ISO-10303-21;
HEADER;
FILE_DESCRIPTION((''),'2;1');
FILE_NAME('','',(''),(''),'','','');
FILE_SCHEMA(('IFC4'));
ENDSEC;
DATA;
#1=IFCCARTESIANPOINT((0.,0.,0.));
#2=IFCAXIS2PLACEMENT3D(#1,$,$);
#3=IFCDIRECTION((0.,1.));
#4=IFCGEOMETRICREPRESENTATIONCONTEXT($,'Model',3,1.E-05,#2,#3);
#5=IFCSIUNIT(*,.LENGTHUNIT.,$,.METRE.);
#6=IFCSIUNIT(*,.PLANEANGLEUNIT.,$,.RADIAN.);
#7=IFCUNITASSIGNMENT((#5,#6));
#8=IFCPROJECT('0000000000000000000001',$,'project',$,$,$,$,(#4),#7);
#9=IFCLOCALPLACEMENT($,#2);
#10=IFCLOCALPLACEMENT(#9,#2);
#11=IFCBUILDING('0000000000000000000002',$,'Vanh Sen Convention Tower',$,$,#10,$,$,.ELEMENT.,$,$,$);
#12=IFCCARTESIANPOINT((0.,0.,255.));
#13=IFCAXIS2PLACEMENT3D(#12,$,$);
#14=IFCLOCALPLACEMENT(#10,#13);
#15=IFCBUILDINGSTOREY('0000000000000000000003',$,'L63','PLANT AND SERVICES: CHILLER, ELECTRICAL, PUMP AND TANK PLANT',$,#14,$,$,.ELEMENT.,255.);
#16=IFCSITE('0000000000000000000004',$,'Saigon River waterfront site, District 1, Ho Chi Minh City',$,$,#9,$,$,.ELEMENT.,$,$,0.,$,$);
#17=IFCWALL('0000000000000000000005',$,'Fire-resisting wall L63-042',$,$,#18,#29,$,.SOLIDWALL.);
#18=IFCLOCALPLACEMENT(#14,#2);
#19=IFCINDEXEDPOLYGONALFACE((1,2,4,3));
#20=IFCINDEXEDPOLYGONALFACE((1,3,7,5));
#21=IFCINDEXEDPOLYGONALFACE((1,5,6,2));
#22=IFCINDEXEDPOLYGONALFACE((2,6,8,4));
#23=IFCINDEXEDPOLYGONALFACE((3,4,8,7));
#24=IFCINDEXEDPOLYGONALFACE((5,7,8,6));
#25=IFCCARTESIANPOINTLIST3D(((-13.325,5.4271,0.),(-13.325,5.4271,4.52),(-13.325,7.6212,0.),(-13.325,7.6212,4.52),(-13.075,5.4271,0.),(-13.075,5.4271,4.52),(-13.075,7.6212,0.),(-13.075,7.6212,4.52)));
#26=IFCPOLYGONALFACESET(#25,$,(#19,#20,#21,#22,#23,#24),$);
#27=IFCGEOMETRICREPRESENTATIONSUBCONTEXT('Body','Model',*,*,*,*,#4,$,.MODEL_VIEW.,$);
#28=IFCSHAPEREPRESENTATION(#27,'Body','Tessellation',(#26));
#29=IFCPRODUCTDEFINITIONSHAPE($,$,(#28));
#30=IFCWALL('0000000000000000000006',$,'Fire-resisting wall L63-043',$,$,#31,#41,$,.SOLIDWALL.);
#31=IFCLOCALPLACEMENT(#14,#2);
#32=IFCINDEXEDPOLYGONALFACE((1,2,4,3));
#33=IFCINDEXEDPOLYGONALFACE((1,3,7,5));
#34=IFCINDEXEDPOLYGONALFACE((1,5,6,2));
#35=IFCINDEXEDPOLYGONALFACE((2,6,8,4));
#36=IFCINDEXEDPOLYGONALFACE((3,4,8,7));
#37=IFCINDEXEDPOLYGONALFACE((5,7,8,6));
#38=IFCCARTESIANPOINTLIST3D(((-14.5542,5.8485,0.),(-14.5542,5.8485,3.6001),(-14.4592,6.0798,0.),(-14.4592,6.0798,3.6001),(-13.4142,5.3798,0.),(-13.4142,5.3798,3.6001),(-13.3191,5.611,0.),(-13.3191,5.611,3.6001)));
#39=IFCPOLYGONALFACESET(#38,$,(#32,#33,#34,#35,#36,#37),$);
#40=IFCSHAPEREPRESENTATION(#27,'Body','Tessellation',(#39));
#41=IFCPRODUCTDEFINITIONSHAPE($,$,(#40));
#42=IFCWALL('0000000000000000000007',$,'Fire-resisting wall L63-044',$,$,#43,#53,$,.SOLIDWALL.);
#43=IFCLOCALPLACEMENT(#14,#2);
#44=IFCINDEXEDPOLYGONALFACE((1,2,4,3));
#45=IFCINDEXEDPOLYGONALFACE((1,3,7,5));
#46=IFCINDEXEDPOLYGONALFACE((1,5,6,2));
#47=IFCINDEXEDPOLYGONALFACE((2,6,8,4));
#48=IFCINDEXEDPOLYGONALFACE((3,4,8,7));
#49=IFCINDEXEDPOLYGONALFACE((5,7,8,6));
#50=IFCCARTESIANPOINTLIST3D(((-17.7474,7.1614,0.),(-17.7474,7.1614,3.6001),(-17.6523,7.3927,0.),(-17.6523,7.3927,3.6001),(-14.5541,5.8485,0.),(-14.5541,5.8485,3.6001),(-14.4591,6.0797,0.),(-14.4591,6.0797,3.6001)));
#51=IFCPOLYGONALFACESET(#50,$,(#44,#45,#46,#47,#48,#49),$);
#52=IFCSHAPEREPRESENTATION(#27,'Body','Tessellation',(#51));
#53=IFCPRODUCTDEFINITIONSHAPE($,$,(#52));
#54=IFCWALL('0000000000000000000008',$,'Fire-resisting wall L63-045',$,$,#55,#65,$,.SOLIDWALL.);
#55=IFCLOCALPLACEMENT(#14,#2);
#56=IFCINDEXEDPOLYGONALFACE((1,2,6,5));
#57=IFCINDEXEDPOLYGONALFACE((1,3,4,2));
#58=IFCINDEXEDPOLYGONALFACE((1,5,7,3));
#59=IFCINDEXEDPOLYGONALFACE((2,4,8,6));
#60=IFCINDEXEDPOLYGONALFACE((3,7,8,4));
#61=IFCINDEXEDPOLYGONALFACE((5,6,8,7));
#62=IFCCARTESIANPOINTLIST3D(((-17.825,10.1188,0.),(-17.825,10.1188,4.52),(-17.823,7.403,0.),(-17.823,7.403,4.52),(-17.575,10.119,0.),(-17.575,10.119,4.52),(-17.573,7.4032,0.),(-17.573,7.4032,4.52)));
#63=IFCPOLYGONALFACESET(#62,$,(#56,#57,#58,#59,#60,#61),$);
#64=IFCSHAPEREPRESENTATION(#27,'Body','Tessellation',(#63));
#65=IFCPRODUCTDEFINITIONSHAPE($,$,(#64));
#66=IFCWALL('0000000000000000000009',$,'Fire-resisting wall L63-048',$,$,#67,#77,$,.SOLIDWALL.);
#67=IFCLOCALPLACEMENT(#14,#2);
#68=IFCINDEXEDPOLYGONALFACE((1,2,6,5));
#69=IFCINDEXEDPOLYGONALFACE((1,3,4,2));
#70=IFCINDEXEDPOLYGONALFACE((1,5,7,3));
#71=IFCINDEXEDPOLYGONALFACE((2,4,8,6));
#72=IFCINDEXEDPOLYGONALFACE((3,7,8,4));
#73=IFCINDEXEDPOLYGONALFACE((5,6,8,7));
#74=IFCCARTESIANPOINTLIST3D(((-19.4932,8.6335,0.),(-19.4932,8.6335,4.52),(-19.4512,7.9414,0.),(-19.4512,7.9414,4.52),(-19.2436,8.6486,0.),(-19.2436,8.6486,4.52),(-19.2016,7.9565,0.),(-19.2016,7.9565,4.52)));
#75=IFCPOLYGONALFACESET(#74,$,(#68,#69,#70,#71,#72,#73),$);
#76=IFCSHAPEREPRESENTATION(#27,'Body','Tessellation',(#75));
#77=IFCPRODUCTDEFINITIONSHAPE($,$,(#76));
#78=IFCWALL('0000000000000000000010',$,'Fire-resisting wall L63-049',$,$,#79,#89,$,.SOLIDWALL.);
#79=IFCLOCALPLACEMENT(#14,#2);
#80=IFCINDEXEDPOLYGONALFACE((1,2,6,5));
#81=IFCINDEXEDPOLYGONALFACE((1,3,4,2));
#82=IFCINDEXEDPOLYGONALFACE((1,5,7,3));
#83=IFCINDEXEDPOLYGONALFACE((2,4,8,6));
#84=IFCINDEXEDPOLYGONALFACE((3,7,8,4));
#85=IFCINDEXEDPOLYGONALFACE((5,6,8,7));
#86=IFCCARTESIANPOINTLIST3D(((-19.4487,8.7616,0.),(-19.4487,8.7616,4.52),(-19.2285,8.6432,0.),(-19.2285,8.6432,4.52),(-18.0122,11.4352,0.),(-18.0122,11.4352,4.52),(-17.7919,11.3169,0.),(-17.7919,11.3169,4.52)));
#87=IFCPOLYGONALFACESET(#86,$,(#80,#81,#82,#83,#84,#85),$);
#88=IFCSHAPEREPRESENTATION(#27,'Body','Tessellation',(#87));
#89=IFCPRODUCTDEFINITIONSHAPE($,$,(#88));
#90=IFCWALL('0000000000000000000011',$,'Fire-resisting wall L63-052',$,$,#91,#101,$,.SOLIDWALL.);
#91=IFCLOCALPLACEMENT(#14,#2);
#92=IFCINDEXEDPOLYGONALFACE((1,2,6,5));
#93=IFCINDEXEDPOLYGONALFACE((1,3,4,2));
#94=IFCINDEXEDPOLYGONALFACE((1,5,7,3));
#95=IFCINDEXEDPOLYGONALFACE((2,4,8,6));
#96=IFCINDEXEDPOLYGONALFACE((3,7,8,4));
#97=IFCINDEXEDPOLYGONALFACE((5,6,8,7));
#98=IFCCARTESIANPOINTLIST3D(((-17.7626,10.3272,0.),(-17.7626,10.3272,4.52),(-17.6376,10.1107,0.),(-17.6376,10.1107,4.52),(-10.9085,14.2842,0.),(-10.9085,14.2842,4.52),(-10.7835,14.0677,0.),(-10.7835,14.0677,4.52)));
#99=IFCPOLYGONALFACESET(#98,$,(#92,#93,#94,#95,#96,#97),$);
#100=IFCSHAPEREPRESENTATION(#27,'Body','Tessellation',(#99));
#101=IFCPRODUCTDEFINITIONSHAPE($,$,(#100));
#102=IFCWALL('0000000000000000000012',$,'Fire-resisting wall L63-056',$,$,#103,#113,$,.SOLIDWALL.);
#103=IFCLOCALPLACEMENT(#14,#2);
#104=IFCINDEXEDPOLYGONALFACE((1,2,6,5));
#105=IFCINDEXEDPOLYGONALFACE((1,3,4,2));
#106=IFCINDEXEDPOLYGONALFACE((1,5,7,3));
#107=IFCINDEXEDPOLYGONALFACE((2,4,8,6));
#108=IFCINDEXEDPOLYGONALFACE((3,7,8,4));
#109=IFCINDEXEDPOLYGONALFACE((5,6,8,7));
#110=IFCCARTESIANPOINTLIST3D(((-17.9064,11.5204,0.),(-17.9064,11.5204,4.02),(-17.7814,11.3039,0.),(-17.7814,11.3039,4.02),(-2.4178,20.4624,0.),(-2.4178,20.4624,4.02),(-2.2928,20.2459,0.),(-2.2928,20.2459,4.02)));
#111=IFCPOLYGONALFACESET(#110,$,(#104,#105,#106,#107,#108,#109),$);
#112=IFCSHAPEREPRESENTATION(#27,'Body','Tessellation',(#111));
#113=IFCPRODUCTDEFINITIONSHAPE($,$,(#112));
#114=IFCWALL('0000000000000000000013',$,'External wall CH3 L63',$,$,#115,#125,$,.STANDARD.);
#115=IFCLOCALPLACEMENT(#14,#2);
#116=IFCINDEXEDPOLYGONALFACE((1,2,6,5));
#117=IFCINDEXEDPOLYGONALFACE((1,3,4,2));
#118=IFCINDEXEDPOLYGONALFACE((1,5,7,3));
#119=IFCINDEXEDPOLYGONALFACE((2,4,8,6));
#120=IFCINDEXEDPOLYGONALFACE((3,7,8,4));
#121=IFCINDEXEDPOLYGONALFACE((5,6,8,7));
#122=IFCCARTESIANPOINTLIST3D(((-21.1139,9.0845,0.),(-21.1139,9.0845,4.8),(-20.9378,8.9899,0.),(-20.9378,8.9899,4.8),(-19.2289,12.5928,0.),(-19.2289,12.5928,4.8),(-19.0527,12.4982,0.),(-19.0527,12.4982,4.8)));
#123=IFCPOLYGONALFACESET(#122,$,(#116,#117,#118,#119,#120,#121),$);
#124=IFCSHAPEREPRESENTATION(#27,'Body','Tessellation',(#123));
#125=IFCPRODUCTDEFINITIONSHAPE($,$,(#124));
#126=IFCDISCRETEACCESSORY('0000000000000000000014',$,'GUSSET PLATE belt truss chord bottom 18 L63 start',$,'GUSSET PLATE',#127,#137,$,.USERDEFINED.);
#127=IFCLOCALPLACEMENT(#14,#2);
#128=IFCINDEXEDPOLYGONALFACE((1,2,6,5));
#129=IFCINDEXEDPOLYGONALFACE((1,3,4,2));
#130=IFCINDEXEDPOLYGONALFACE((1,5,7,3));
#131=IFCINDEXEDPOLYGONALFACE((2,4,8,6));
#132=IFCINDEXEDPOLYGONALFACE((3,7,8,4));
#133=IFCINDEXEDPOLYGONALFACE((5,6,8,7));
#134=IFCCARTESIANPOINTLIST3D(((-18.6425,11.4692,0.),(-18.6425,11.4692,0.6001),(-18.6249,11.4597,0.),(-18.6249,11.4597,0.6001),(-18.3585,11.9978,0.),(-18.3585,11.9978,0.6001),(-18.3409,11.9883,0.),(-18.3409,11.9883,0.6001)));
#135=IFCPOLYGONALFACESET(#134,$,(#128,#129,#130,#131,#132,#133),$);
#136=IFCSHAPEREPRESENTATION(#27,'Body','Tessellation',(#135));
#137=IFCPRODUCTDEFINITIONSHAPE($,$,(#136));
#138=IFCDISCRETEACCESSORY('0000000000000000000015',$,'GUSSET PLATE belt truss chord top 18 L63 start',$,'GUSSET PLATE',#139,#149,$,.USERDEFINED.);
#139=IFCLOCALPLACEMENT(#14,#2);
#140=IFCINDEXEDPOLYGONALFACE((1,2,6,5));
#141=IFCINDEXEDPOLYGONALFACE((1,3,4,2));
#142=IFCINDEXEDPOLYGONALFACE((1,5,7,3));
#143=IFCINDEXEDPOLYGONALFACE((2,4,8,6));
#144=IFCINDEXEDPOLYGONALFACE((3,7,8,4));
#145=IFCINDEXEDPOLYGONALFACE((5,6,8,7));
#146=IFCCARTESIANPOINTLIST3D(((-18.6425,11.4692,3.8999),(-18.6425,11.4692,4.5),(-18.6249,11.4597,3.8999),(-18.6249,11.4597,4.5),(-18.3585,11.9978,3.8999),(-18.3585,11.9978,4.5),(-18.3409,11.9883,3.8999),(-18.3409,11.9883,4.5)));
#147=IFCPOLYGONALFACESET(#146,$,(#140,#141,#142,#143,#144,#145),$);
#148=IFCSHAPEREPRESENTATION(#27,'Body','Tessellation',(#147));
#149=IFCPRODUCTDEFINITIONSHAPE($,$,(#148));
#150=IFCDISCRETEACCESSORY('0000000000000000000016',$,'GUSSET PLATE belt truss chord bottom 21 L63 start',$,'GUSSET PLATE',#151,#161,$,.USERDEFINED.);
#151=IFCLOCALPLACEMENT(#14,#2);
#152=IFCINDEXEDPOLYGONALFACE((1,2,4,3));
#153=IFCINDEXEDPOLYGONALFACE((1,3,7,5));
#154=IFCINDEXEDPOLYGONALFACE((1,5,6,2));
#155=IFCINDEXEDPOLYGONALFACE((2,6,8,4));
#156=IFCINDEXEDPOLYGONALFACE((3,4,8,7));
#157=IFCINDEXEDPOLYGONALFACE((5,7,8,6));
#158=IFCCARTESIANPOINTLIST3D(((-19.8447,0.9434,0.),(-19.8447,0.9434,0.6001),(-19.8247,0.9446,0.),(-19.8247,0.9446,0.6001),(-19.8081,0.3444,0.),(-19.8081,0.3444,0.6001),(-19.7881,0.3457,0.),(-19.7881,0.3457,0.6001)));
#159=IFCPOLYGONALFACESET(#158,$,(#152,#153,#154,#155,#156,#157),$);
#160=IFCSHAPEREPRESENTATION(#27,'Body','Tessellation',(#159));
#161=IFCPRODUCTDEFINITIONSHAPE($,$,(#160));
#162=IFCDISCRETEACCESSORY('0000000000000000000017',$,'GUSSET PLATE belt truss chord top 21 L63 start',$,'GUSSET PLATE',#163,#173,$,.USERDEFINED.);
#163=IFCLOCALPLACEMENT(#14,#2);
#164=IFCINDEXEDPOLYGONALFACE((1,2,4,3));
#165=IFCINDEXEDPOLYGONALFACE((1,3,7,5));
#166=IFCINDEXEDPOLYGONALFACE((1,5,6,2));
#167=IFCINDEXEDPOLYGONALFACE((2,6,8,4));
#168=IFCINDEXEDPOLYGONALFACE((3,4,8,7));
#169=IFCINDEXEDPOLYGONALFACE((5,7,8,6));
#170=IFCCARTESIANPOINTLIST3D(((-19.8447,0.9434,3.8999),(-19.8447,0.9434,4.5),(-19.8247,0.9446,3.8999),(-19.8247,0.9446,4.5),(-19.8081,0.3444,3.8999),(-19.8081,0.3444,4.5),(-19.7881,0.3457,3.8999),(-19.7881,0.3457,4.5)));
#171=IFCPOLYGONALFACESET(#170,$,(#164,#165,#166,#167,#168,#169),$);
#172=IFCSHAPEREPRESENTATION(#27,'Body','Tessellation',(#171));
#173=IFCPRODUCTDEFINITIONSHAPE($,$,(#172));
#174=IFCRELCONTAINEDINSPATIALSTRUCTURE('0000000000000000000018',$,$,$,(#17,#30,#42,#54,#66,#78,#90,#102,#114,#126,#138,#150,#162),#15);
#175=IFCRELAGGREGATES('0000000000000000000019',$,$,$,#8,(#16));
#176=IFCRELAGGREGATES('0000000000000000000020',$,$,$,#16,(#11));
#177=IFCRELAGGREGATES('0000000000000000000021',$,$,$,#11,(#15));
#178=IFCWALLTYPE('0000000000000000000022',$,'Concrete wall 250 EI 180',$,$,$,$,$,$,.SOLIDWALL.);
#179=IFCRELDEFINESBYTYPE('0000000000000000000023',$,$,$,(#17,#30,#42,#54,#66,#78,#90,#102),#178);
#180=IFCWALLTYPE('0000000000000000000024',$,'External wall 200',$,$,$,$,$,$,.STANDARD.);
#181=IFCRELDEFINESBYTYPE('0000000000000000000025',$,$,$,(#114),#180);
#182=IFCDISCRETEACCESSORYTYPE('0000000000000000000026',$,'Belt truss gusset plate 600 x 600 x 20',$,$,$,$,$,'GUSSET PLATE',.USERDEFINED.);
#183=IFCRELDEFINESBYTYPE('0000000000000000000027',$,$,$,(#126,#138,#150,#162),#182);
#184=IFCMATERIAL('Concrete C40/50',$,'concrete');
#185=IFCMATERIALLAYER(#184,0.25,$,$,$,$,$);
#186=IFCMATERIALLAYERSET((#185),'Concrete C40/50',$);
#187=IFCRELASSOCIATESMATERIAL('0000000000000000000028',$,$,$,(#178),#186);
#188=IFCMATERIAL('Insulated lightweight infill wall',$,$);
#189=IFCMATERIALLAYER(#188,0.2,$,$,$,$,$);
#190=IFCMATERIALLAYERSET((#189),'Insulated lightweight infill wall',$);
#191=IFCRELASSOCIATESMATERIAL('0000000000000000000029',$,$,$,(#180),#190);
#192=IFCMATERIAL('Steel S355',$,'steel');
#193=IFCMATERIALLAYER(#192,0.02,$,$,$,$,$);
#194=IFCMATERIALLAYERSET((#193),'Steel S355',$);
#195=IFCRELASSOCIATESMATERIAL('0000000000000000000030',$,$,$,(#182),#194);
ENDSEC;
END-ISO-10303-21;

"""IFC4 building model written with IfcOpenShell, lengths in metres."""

from ifc_helpers import new_model, si_unit, direction, frame, frame_2d, origin, origin_2d, place, context, subcontext, project, spatial, rectangle, extrude, material, layer, layer_set, type_object, element, save


model = new_model("IFC4")

# Units and contexts
model_context = context("Model", 3, precision=1e-05, world=origin(), true_north=direction((0.0, 1.0)))
body_context = subcontext(model_context, "Body", "Model", "MODEL_VIEW")
ifc_project = project(units=[si_unit("LENGTHUNIT", "METRE"), si_unit("PLANEANGLEUNIT", "RADIAN")], contexts=[model_context])

# Site, building, storey
site_placement = place(None, origin())
site = spatial("IfcSite", under=ifc_project, at=site_placement, Name="Saigon River waterfront site, District 1, Ho Chi Minh City", CompositionType="ELEMENT", RefElevation=0.0)
building_placement = place(site_placement, origin())
building = spatial("IfcBuilding", under=site, at=building_placement, Name="Vanh Sen Convention Tower", CompositionType="ELEMENT")
storey_placement = place(building_placement, frame((0.0, 0.0, 255.0)))
storey = spatial("IfcBuildingStorey", under=building, at=storey_placement, Name="L63", Description="PLANT AND SERVICES: CHILLER, ELECTRICAL, PUMP AND TANK PLANT", CompositionType="ELEMENT", Elevation=255.0)

# Shared definitions
ifc_material_1 = material(Name="Steel S355", Category="steel")

# Shared definitions
ifc_material_2 = material(Name="Concrete C40/50", Category="concrete")
ifc_layer_1 = layer(ifc_material_2, 0.25)
ifc_layer_set_1 = layer_set([ifc_layer_1], Name="Concrete C40/50")
wall_type_1 = type_object("IfcWallType", Name="Concrete wall 250 EI 180", PredefinedType="SOLIDWALL", material=ifc_layer_set_1)

# Walls
wall_1_placement = place(storey_placement, frame((-13.2, 5.427, 0.0), z_axis=(0.0, 0.0, 1.0), x_axis=(0.0, 1.0, 0.0)))
element("IfcWall", 1, at=wall_1_placement, inside=storey, type_object=wall_type_1, Name="Fire-resisting wall L63-042", PredefinedType="SOLIDWALL", context=body_context, shape_type="SweptSolid", body=[
    extrude(rectangle(XDim=2.1941, YDim=0.25, at=frame_2d((1.0972, 0.0))), origin(), (0.0, 0.0, 1.0), 4.52),
])
wall_2_placement = place(storey_placement, frame((-14.5066, 5.9641, 0.0), z_axis=(0.0, 0.0, 1.0), x_axis=(0.924883, -0.380252, 0.0)))
element("IfcWall", 2, at=wall_2_placement, inside=storey, type_object=wall_type_1, Name="Fire-resisting wall L63-043", PredefinedType="SOLIDWALL", context=body_context, shape_type="SweptSolid", body=[
    extrude(rectangle(XDim=1.2327, YDim=0.25, at=frame_2d((0.6162, 0.0))), origin(), (0.0, 0.0, 1.0), 3.6001),
])
wall_3_placement = place(storey_placement, frame((-14.5066, 5.9641, 0.0), z_axis=(0.0, 0.0, 1.0), x_axis=(-0.924874, 0.380273, 0.0)))
element("IfcWall", 3, at=wall_3_placement, inside=storey, type_object=wall_type_1, Name="Fire-resisting wall L63-044", PredefinedType="SOLIDWALL", context=body_context, shape_type="SweptSolid", body=[
    extrude(rectangle(XDim=3.4526, YDim=0.25, at=frame_2d((1.7263, 0.0))), origin(), (0.0, 0.0, 1.0), 3.6001),
])
wall_4_placement = place(storey_placement, frame((-17.698, 7.4031, 0.0), z_axis=(0.0, 0.0, 1.0), x_axis=(-0.000719, 1.0, 0.0)))
element("IfcWall", 4, at=wall_4_placement, inside=storey, type_object=wall_type_1, Name="Fire-resisting wall L63-045", PredefinedType="SOLIDWALL", context=body_context, shape_type="SweptSolid", body=[
    extrude(rectangle(XDim=2.7158, YDim=0.25, at=frame_2d((1.3579, 0.0))), origin(), (0.0, 0.0, 1.0), 4.52),
])
wall_5_placement = place(storey_placement, frame((-19.3264, 7.949, 0.0), z_axis=(0.0, 0.0, 1.0), x_axis=(-0.060559, 0.998165, 0.0)))
element("IfcWall", 5, at=wall_5_placement, inside=storey, type_object=wall_type_1, Name="Fire-resisting wall L63-048", PredefinedType="SOLIDWALL", context=body_context, shape_type="SweptSolid", body=[
    extrude(rectangle(XDim=0.6934, YDim=0.25, at=frame_2d((0.3467, 0.0))), origin(), (0.0, 0.0, 1.0), 4.52),
])
wall_6_placement = place(storey_placement, frame((-19.3386, 8.7024, 0.0), z_axis=(0.0, 0.0, 1.0), x_axis=(0.473308, 0.880897, 0.0)))
element("IfcWall", 6, at=wall_6_placement, inside=storey, type_object=wall_type_1, Name="Fire-resisting wall L63-049", PredefinedType="SOLIDWALL", context=body_context, shape_type="SweptSolid", body=[
    extrude(rectangle(XDim=3.0352, YDim=0.25, at=frame_2d((1.5176, 0.0))), origin(), (0.0, 0.0, 1.0), 4.52),
])
wall_7_placement = place(storey_placement, frame((-17.7, 10.219, 0.0), z_axis=(0.0, 0.0, 1.0), x_axis=(0.866033, 0.499988, 0.0)))
element("IfcWall", 7, at=wall_7_placement, inside=storey, type_object=wall_type_1, Name="Fire-resisting wall L63-052", PredefinedType="SOLIDWALL", context=body_context, shape_type="SweptSolid", body=[
    extrude(rectangle(XDim=7.9143, YDim=0.25, at=frame_2d((3.957, 0.0))), origin(), (0.0, 0.0, 1.0), 4.52),
])
wall_8_placement = place(storey_placement, frame((-17.844, 11.4121, 0.0), z_axis=(0.0, 0.0, 1.0), x_axis=(0.866035, 0.499983, 0.0)))
element("IfcWall", 8, at=wall_8_placement, inside=storey, type_object=wall_type_1, Name="Fire-resisting wall L63-056", PredefinedType="SOLIDWALL", context=body_context, shape_type="SweptSolid", body=[
    extrude(rectangle(XDim=17.8845, YDim=0.25, at=frame_2d((8.9424, 0.0))), origin(), (0.0, 0.0, 1.0), 4.02),
])
ifc_material_3 = material(Name="Insulated lightweight infill wall")
ifc_layer_2 = layer(ifc_material_3, 0.2)
ifc_layer_set_2 = layer_set([ifc_layer_2], Name="Insulated lightweight infill wall")
wall_type_2 = type_object("IfcWallType", Name="External wall 200", PredefinedType="STANDARD", material=ifc_layer_set_2)
wall_9_placement = place(storey_placement, frame((-19.1409, 12.5454, 0.0), z_axis=(0.0, 0.0, 1.0), x_axis=(-0.473306, -0.880898, 0.0)))
element("IfcWall", 9, at=wall_9_placement, inside=storey, type_object=wall_type_2, Name="External wall CH3 L63", PredefinedType="STANDARD", context=body_context, shape_type="SweptSolid", body=[
    extrude(rectangle(XDim=3.9827, YDim=0.2, at=frame_2d((1.9912, 0.0))), origin(), (0.0, 0.0, 1.0), 4.8),
])

# Discrete accessories
ifc_layer_3 = layer(ifc_material_1, 0.02)
ifc_layer_set_3 = layer_set([ifc_layer_3], Name="Steel S355")
discrete_accessory_type = type_object("IfcDiscreteAccessoryType", Name="Belt truss gusset plate 600 x 600 x 20", ElementType="GUSSET PLATE", PredefinedType="USERDEFINED", material=ifc_layer_set_3)
for number, where, z_axis, x_axis, name in (
    (10, (-18.4917, 11.7288, 0.0), (0.0, 0.0, 1.0), (-0.473304, -0.880899, 0.0), "GUSSET PLATE belt truss chord bottom 18 L63 start"),
    (11, (-18.4917, 11.7288, 3.8999), (0.0, 0.0, 1.0), (-0.473304, -0.880899, 0.0), "GUSSET PLATE belt truss chord top 18 L63 start"),
    (12, (-19.8164, 0.6445, 0.0), (0.0, 0.0, 1.0), (0.061043, -0.998135, 0.0), "GUSSET PLATE belt truss chord bottom 21 L63 start"),
    (13, (-19.8164, 0.6445, 3.8999), (0.0, 0.0, 1.0), (0.061043, -0.998135, 0.0), "GUSSET PLATE belt truss chord top 21 L63 start"),
):
    element("IfcDiscreteAccessory", number, at=place(storey_placement, frame(where, z_axis=z_axis, x_axis=x_axis)), inside=storey, type_object=discrete_accessory_type, Name=name, ObjectType="GUSSET PLATE", PredefinedType="USERDEFINED", context=body_context, shape_type="SweptSolid", body=[
        extrude(rectangle(XDim=0.6001, YDim=0.02, at=origin_2d()), origin(), (0.0, 0.0, 1.0), 0.6001),
    ])

save(model, "model.ifc")
